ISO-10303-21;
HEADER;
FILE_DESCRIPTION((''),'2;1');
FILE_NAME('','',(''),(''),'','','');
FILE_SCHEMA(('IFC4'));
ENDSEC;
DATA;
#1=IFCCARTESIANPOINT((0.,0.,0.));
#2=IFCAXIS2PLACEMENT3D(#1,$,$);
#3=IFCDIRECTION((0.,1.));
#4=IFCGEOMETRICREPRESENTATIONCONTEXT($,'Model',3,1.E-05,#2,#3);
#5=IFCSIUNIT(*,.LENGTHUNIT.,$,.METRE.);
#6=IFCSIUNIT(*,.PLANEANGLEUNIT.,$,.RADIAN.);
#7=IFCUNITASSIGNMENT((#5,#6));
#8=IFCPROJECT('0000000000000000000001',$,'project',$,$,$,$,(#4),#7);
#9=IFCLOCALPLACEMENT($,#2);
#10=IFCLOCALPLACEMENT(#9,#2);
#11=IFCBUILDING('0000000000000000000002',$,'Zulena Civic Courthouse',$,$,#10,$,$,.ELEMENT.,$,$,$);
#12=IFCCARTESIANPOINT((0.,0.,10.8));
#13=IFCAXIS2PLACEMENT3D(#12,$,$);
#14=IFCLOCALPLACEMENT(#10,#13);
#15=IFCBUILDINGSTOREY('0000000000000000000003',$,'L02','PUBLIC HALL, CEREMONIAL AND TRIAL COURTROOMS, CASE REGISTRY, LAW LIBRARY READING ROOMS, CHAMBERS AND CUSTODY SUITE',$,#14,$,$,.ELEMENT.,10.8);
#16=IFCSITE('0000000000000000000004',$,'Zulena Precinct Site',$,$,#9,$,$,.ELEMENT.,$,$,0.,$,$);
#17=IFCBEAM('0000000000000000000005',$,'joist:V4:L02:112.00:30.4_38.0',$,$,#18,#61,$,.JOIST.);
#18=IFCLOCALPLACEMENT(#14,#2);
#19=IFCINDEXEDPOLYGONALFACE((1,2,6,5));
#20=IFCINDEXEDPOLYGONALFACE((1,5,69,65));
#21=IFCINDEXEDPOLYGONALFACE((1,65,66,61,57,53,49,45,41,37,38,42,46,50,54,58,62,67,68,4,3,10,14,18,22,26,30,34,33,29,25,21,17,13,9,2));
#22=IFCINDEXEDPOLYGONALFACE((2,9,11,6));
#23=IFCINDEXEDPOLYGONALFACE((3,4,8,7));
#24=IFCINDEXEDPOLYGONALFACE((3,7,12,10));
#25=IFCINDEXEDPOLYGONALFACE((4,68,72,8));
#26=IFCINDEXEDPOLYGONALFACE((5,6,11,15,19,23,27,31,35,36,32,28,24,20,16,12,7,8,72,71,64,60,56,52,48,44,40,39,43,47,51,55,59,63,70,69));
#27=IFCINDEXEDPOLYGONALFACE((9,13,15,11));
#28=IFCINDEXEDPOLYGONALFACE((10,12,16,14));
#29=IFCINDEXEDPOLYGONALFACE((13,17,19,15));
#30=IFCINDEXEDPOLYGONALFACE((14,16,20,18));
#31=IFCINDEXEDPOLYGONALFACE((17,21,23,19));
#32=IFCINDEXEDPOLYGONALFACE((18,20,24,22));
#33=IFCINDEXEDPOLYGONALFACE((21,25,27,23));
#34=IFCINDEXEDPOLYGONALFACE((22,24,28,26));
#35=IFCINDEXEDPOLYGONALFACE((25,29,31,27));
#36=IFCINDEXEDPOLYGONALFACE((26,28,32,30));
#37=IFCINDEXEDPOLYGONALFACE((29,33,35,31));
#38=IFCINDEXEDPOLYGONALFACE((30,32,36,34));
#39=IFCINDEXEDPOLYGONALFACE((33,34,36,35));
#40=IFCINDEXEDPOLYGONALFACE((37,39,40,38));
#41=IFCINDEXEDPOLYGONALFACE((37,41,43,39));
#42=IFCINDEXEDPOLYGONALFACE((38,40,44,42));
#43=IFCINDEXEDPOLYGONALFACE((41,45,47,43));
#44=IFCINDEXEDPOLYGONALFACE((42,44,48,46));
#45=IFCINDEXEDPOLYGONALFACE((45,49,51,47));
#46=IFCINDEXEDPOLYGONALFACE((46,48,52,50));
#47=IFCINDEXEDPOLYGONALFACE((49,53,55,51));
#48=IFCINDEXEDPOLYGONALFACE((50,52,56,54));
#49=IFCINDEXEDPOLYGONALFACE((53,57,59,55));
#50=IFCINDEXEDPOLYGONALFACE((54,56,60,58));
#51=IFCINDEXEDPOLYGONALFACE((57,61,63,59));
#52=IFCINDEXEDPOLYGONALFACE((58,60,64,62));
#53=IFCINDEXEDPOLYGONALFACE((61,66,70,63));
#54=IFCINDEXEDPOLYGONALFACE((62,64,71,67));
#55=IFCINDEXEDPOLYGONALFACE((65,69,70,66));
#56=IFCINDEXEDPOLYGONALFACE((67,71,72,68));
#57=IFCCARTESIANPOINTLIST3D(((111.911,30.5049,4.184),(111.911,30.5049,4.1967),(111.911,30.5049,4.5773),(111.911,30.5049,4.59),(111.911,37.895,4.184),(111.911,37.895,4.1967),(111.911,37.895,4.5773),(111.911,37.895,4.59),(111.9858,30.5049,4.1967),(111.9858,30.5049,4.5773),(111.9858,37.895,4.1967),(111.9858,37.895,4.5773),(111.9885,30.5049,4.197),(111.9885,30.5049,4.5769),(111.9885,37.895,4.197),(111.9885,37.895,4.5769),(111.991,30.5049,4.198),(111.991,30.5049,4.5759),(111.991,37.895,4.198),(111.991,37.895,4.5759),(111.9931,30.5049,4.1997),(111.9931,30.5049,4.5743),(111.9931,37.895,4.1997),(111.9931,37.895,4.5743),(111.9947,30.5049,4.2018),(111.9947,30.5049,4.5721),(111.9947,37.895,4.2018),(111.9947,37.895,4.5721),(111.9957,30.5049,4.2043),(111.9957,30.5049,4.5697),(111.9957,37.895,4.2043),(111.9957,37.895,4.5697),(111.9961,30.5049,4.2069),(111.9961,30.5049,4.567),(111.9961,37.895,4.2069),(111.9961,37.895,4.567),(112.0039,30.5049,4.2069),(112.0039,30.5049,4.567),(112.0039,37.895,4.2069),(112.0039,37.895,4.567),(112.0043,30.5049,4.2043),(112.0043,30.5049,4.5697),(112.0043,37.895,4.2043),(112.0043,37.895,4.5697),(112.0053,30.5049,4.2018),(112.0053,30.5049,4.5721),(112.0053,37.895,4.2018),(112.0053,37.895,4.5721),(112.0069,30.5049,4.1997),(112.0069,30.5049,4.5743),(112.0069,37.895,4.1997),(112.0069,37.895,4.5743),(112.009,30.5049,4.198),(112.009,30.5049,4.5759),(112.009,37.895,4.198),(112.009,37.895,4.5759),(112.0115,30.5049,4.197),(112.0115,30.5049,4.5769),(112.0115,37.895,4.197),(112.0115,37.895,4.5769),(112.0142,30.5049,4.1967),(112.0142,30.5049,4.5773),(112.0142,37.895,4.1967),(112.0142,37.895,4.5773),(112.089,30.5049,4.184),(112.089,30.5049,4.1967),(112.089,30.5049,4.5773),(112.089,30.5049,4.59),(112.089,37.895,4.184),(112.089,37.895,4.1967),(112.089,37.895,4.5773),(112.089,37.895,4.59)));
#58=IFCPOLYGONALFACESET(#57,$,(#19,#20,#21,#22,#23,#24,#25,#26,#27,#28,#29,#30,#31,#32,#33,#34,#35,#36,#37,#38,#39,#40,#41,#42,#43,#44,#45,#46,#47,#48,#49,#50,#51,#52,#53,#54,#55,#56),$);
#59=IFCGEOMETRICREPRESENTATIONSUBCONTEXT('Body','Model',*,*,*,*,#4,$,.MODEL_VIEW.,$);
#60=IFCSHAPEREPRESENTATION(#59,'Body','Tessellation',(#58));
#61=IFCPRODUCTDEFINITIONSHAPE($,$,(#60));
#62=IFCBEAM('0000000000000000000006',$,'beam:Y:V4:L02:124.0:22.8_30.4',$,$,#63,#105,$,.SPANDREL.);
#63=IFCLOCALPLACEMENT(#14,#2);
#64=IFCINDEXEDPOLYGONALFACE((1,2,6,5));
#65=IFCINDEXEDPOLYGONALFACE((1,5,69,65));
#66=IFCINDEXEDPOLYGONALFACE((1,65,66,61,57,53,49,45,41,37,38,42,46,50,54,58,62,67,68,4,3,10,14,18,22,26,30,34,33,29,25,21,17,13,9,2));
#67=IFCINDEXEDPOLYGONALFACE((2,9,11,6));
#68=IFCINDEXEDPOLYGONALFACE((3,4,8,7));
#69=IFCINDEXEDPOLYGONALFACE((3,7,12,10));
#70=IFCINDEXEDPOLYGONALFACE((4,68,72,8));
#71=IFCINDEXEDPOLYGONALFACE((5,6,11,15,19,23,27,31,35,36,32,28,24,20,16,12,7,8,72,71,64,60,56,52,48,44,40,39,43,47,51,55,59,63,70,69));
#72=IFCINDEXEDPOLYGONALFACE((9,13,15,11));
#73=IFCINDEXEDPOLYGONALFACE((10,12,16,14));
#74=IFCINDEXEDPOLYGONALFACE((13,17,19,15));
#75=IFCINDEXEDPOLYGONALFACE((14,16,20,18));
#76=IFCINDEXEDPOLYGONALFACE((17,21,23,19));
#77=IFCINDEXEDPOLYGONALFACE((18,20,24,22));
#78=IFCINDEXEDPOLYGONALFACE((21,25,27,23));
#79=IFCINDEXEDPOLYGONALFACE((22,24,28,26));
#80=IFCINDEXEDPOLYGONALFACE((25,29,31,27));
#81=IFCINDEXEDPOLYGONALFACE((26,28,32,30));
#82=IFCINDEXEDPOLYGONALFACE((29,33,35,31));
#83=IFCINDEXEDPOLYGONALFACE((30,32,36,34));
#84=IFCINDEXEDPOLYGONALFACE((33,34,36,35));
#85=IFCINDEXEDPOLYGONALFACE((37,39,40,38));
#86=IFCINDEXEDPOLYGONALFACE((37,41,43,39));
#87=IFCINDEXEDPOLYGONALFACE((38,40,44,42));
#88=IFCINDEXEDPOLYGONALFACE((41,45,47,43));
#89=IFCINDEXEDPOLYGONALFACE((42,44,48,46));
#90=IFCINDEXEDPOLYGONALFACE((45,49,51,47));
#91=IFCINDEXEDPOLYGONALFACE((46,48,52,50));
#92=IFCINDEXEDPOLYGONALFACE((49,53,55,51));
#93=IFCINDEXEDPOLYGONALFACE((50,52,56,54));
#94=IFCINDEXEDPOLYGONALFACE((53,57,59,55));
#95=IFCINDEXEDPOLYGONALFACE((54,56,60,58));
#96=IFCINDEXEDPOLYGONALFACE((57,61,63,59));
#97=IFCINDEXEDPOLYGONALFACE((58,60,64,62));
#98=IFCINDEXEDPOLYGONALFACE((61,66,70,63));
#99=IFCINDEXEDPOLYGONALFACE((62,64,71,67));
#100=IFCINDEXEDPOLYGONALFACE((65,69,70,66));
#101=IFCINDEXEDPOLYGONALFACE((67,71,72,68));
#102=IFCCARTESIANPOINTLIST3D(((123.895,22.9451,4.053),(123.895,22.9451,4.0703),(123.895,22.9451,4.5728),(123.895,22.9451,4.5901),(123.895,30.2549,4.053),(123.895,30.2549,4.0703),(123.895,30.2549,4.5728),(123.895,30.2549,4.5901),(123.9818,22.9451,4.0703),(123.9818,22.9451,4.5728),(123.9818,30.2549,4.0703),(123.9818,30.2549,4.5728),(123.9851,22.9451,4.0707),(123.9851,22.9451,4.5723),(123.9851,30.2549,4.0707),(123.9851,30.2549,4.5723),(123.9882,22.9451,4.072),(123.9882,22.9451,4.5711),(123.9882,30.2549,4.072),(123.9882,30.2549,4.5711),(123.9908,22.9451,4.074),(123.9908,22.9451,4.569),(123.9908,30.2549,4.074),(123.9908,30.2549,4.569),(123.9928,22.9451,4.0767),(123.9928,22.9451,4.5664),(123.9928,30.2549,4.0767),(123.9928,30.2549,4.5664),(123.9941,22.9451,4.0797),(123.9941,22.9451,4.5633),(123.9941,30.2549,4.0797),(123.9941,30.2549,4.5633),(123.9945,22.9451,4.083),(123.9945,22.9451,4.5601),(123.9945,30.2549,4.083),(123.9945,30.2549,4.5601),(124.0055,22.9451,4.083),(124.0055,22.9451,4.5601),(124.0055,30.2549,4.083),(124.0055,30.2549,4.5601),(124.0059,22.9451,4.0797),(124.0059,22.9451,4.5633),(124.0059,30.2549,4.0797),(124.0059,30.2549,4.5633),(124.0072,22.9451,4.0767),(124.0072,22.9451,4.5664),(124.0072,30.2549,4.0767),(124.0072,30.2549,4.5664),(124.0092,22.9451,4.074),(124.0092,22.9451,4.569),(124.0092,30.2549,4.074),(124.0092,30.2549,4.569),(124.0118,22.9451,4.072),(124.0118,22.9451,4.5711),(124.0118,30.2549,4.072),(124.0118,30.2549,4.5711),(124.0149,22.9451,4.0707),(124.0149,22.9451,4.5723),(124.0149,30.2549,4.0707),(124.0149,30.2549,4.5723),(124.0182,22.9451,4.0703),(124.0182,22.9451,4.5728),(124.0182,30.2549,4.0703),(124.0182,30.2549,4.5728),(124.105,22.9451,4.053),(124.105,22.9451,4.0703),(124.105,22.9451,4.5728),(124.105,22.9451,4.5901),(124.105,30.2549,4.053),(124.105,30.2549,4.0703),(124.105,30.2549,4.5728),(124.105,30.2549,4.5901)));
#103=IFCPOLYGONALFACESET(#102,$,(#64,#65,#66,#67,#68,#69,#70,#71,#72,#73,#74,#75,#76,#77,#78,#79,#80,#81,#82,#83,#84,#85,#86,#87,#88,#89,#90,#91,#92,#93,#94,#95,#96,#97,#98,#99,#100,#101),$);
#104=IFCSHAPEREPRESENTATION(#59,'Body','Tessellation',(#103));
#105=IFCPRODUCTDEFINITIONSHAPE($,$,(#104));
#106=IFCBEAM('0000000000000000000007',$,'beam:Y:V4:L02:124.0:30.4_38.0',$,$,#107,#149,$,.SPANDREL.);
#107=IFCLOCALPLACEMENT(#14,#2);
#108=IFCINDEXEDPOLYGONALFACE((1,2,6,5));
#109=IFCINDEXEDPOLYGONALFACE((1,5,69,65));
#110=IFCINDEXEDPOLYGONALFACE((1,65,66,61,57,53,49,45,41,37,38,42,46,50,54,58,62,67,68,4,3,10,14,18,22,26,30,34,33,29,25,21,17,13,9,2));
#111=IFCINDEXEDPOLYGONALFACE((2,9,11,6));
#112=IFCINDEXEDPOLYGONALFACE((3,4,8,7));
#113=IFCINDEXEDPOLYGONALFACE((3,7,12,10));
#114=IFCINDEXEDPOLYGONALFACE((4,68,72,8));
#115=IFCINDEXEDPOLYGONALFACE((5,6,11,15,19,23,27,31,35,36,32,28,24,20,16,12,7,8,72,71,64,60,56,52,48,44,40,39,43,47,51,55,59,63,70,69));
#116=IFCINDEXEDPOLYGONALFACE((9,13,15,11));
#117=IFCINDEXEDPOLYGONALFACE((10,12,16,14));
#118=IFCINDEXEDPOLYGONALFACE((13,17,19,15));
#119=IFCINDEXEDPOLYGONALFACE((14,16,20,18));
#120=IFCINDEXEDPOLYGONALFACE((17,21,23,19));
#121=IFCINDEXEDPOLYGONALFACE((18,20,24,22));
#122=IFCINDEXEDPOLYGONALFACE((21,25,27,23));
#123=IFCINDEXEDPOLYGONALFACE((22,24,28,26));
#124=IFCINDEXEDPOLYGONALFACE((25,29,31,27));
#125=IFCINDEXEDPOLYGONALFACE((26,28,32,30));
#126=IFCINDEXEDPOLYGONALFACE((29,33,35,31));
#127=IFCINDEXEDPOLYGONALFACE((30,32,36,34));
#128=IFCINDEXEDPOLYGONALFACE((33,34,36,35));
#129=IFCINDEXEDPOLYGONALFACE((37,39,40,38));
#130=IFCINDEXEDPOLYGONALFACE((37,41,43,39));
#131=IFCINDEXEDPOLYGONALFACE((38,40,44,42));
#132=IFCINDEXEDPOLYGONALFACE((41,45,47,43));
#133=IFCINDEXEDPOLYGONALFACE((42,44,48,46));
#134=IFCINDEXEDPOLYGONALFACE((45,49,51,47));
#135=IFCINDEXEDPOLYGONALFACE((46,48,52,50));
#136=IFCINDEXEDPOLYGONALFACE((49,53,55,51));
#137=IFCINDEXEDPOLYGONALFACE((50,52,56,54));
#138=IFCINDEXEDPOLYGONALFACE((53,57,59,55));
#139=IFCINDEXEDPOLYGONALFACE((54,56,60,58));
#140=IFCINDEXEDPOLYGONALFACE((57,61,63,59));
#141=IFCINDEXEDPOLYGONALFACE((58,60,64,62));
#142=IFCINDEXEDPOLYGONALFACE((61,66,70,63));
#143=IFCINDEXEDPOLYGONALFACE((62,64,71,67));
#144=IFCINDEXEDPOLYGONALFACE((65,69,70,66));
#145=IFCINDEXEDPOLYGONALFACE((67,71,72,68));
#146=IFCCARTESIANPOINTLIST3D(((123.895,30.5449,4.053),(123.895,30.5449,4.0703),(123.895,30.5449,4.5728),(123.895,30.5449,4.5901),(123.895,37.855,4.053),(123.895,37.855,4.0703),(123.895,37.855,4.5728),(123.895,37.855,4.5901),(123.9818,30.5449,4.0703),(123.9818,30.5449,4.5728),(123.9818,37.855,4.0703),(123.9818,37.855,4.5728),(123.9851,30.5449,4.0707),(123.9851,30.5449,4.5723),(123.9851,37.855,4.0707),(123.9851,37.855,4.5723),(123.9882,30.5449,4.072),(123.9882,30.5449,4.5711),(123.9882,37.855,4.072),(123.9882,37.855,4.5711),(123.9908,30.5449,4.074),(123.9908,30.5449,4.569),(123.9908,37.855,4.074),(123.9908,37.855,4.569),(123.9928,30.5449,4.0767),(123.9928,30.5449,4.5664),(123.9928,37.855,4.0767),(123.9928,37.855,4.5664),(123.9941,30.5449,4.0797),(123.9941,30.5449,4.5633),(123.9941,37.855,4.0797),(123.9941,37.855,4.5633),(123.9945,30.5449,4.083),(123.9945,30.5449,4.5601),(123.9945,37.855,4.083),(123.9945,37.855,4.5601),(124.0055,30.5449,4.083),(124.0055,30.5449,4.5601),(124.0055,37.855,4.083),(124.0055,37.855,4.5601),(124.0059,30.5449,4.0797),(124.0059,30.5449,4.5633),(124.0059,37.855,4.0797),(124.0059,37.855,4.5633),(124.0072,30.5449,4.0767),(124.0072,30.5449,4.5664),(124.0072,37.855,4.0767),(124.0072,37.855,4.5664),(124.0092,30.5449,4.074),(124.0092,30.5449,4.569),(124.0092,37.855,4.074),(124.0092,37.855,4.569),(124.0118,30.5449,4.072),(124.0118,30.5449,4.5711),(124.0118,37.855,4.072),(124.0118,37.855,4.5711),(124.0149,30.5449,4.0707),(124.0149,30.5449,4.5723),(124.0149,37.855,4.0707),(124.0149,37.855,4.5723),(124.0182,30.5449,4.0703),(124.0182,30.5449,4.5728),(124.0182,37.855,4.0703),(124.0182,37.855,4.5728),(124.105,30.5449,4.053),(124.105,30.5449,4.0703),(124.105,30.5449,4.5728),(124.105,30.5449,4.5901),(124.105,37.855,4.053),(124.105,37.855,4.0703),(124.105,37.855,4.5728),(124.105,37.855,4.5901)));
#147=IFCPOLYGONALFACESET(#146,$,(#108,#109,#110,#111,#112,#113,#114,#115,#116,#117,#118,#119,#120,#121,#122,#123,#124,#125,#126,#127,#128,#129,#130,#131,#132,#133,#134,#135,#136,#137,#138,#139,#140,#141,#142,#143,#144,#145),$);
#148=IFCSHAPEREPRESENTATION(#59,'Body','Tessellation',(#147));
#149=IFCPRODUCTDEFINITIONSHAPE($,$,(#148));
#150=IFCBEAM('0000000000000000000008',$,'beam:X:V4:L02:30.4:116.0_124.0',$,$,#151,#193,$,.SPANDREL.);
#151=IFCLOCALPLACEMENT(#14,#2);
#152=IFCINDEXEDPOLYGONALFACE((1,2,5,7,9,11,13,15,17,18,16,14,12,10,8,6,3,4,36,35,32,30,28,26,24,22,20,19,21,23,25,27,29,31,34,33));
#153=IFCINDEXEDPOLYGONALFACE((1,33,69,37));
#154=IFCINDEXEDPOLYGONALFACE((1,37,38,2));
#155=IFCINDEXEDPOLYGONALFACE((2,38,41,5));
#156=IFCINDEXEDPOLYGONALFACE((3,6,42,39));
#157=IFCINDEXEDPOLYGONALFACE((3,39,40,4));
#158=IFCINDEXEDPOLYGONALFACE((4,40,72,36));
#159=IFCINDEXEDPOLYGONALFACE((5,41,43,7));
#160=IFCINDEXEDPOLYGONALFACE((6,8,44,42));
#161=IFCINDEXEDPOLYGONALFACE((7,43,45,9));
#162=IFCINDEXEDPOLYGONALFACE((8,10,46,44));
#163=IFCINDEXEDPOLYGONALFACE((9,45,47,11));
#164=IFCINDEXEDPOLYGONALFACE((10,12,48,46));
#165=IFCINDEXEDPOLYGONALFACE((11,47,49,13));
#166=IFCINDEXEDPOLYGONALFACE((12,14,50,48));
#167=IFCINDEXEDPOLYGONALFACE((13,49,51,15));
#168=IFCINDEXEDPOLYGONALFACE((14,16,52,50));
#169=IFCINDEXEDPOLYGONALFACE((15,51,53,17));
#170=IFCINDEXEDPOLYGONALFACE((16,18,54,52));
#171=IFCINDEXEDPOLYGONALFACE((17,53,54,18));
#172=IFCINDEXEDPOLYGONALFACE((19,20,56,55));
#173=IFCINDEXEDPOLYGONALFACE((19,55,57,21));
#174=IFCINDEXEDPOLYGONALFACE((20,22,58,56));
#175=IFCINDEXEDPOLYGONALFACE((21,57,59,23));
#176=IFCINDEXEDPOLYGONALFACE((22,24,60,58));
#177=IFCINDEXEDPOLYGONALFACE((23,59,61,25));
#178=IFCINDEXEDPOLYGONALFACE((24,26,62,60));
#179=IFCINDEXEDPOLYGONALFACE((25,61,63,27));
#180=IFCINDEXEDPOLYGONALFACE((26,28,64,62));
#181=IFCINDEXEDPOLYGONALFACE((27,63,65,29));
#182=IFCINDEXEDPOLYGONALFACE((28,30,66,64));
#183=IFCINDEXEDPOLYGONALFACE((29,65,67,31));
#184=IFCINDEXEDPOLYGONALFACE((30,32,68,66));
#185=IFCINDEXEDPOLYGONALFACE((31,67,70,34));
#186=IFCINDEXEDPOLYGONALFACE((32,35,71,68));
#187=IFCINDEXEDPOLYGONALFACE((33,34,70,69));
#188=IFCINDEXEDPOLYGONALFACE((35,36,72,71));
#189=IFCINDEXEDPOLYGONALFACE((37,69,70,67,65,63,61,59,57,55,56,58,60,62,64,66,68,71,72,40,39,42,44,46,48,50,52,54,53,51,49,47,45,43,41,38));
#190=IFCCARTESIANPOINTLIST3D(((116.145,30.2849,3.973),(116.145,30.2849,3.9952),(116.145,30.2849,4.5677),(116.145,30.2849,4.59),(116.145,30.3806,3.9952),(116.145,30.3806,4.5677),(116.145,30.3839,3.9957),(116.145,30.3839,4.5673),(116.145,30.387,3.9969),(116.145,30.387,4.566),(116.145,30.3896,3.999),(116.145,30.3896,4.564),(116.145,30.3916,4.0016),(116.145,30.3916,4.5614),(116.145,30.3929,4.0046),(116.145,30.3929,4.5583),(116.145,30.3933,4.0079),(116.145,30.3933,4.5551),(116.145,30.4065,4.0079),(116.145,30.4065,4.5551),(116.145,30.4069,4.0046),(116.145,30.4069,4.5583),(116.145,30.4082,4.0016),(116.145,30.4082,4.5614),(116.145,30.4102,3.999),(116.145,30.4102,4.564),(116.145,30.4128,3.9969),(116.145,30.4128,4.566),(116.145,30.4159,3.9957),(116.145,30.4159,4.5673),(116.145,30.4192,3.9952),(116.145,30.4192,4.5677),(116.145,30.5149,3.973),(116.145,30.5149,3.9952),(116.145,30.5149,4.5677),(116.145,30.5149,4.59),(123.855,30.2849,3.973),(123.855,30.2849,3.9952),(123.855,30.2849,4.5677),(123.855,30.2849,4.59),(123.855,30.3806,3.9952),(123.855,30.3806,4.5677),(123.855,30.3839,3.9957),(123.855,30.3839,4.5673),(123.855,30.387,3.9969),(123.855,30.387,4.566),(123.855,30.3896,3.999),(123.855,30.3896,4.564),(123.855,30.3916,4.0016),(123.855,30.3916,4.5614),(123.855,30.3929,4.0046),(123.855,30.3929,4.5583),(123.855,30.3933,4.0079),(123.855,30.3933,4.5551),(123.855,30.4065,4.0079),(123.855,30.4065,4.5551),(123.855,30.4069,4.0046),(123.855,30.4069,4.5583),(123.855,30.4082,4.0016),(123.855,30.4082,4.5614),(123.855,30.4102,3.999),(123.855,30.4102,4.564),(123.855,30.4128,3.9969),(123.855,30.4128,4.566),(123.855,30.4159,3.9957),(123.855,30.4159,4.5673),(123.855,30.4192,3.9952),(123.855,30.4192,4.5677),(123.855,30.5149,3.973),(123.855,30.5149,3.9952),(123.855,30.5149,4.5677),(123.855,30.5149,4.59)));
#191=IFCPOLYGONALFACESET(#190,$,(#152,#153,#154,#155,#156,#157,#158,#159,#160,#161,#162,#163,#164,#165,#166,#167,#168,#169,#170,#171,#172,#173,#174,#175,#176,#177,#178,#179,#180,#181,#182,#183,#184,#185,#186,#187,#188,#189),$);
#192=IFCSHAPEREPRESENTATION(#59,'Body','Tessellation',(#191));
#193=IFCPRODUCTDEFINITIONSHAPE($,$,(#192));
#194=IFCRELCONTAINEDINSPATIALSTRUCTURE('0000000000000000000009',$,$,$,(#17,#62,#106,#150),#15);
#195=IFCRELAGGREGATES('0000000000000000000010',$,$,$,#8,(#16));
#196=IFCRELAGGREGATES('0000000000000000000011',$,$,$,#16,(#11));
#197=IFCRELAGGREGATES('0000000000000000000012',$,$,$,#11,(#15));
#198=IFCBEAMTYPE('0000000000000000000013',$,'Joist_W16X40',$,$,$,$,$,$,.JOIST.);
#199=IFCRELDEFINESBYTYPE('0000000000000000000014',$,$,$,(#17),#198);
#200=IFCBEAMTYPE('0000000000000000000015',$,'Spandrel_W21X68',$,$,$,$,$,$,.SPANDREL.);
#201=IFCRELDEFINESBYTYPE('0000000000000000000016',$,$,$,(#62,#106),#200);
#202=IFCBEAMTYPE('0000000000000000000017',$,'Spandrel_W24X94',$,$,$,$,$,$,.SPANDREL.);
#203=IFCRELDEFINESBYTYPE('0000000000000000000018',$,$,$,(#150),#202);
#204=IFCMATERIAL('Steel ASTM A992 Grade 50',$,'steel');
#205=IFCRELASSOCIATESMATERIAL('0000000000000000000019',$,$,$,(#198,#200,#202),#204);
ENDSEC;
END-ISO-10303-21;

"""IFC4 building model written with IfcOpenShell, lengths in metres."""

from ifc_helpers import new_model, si_unit, direction, frame, origin, origin_2d, place, context, subcontext, project, spatial, i_section, extrude, material, material_profile, profile_set, type_object, element, save


model = new_model("IFC4")

# Units and contexts
model_context = context("Model", 3, precision=1e-05, world=origin(), true_north=direction((0.0, 1.0)))
body_context = subcontext(model_context, "Body", "Model", "MODEL_VIEW")
ifc_project = project(units=[si_unit("LENGTHUNIT", "METRE"), si_unit("PLANEANGLEUNIT", "RADIAN")], contexts=[model_context])

# Site, building, storey
site_placement = place(None, origin())
site = spatial("IfcSite", under=ifc_project, at=site_placement, Name="Zulena Precinct Site", CompositionType="ELEMENT", RefElevation=0.0)
building_placement = place(site_placement, origin())
building = spatial("IfcBuilding", under=site, at=building_placement, Name="Zulena Civic Courthouse", CompositionType="ELEMENT")
storey_placement = place(building_placement, frame((0.0, 0.0, 10.8)))
storey = spatial("IfcBuildingStorey", under=building, at=storey_placement, Name="L02", Description="PUBLIC HALL, CEREMONIAL AND TRIAL COURTROOMS, CASE REGISTRY, LAW LIBRARY READING ROOMS, CHAMBERS AND CUSTODY SUITE", CompositionType="ELEMENT", Elevation=10.8)

# Shared definitions
ifc_material_1 = material(Name="Steel ASTM A992 Grade 50", Category="steel")

# Beams
ifc_material_profile_1 = material_profile(ifc_material_1, i_section(OverallWidth=0.178, OverallDepth=0.406, WebThickness=0.0078, FlangeThickness=0.0127, FilletRadius=0.0103, at=origin_2d()), Name="W16X40")
ifc_profile_set_1 = profile_set([ifc_material_profile_1], Name="Steel ASTM A992 Grade 50")
beam_type_1 = type_object("IfcBeamType", Name="Joist_W16X40", PredefinedType="JOIST", material=ifc_profile_set_1)
beam_1_placement = place(storey_placement, frame((112.0, 30.5049, 4.387), z_axis=(0.0, 1.0, 0.0), x_axis=(-1.0, 0.0, 0.0)))
element("IfcBeam", 1, at=beam_1_placement, inside=storey, type_object=beam_type_1, Name="joist:V4:L02:112.00:30.4_38.0", PredefinedType="JOIST", context=body_context, shape_type="SweptSolid", body=[
    extrude(i_section(OverallWidth=0.178, OverallDepth=0.406, WebThickness=0.0078, FlangeThickness=0.0127, FilletRadius=0.0103, at=origin_2d()), origin(), (0.0, 0.0, 1.0), 7.3901),
])
ifc_material_profile_2 = material_profile(ifc_material_1, i_section(OverallWidth=0.21, OverallDepth=0.5371, WebThickness=0.011, FlangeThickness=0.0173, FilletRadius=0.0127, at=origin_2d()), Name="W21X68")
ifc_profile_set_2 = profile_set([ifc_material_profile_2], Name="Steel ASTM A992 Grade 50")
beam_type_2 = type_object("IfcBeamType", Name="Spandrel_W21X68", PredefinedType="SPANDREL", material=ifc_profile_set_2)
beam_2_placement = place(storey_placement, frame((124.0, 22.9451, 4.3215), z_axis=(0.0, 1.0, 0.0), x_axis=(-1.0, 0.0, 0.0)))
element("IfcBeam", 2, at=beam_2_placement, inside=storey, type_object=beam_type_2, Name="beam:Y:V4:L02:124.0:22.8_30.4", PredefinedType="SPANDREL", context=body_context, shape_type="SweptSolid", body=[
    extrude(i_section(OverallWidth=0.21, OverallDepth=0.5371, WebThickness=0.011, FlangeThickness=0.0173, FilletRadius=0.0127, at=origin_2d()), origin(), (0.0, 0.0, 1.0), 7.3098),
])
beam_3_placement = place(storey_placement, frame((124.0, 30.5449, 4.3215), z_axis=(0.0, 1.0, 0.0), x_axis=(-1.0, 0.0, 0.0)))
element("IfcBeam", 3, at=beam_3_placement, inside=storey, type_object=beam_type_2, Name="beam:Y:V4:L02:124.0:30.4_38.0", PredefinedType="SPANDREL", context=body_context, shape_type="SweptSolid", body=[
    extrude(i_section(OverallWidth=0.21, OverallDepth=0.5371, WebThickness=0.011, FlangeThickness=0.0173, FilletRadius=0.0127, at=origin_2d()), origin(), (0.0, 0.0, 1.0), 7.3101),
])
ifc_material_profile_3 = material_profile(ifc_material_1, i_section(OverallWidth=0.23, OverallDepth=0.6169, WebThickness=0.0132, FlangeThickness=0.0222, FilletRadius=0.0127, at=origin_2d()), Name="W24X94")
ifc_profile_set_3 = profile_set([ifc_material_profile_3], Name="Steel ASTM A992 Grade 50")
beam_type_3 = type_object("IfcBeamType", Name="Spandrel_W24X94", PredefinedType="SPANDREL", material=ifc_profile_set_3)
beam_4_placement = place(storey_placement, frame((116.145, 30.3999, 4.2815), z_axis=(1.0, 0.0, 0.0), x_axis=(0.0, 1.0, 0.0)))
element("IfcBeam", 4, at=beam_4_placement, inside=storey, type_object=beam_type_3, Name="beam:X:V4:L02:30.4:116.0_124.0", PredefinedType="SPANDREL", context=body_context, shape_type="SweptSolid", body=[
    extrude(i_section(OverallWidth=0.23, OverallDepth=0.6169, WebThickness=0.0132, FlangeThickness=0.0222, FilletRadius=0.0127, at=origin_2d()), origin(), (0.0, 0.0, 1.0), 7.71),
])

save(model, "model.ifc")
